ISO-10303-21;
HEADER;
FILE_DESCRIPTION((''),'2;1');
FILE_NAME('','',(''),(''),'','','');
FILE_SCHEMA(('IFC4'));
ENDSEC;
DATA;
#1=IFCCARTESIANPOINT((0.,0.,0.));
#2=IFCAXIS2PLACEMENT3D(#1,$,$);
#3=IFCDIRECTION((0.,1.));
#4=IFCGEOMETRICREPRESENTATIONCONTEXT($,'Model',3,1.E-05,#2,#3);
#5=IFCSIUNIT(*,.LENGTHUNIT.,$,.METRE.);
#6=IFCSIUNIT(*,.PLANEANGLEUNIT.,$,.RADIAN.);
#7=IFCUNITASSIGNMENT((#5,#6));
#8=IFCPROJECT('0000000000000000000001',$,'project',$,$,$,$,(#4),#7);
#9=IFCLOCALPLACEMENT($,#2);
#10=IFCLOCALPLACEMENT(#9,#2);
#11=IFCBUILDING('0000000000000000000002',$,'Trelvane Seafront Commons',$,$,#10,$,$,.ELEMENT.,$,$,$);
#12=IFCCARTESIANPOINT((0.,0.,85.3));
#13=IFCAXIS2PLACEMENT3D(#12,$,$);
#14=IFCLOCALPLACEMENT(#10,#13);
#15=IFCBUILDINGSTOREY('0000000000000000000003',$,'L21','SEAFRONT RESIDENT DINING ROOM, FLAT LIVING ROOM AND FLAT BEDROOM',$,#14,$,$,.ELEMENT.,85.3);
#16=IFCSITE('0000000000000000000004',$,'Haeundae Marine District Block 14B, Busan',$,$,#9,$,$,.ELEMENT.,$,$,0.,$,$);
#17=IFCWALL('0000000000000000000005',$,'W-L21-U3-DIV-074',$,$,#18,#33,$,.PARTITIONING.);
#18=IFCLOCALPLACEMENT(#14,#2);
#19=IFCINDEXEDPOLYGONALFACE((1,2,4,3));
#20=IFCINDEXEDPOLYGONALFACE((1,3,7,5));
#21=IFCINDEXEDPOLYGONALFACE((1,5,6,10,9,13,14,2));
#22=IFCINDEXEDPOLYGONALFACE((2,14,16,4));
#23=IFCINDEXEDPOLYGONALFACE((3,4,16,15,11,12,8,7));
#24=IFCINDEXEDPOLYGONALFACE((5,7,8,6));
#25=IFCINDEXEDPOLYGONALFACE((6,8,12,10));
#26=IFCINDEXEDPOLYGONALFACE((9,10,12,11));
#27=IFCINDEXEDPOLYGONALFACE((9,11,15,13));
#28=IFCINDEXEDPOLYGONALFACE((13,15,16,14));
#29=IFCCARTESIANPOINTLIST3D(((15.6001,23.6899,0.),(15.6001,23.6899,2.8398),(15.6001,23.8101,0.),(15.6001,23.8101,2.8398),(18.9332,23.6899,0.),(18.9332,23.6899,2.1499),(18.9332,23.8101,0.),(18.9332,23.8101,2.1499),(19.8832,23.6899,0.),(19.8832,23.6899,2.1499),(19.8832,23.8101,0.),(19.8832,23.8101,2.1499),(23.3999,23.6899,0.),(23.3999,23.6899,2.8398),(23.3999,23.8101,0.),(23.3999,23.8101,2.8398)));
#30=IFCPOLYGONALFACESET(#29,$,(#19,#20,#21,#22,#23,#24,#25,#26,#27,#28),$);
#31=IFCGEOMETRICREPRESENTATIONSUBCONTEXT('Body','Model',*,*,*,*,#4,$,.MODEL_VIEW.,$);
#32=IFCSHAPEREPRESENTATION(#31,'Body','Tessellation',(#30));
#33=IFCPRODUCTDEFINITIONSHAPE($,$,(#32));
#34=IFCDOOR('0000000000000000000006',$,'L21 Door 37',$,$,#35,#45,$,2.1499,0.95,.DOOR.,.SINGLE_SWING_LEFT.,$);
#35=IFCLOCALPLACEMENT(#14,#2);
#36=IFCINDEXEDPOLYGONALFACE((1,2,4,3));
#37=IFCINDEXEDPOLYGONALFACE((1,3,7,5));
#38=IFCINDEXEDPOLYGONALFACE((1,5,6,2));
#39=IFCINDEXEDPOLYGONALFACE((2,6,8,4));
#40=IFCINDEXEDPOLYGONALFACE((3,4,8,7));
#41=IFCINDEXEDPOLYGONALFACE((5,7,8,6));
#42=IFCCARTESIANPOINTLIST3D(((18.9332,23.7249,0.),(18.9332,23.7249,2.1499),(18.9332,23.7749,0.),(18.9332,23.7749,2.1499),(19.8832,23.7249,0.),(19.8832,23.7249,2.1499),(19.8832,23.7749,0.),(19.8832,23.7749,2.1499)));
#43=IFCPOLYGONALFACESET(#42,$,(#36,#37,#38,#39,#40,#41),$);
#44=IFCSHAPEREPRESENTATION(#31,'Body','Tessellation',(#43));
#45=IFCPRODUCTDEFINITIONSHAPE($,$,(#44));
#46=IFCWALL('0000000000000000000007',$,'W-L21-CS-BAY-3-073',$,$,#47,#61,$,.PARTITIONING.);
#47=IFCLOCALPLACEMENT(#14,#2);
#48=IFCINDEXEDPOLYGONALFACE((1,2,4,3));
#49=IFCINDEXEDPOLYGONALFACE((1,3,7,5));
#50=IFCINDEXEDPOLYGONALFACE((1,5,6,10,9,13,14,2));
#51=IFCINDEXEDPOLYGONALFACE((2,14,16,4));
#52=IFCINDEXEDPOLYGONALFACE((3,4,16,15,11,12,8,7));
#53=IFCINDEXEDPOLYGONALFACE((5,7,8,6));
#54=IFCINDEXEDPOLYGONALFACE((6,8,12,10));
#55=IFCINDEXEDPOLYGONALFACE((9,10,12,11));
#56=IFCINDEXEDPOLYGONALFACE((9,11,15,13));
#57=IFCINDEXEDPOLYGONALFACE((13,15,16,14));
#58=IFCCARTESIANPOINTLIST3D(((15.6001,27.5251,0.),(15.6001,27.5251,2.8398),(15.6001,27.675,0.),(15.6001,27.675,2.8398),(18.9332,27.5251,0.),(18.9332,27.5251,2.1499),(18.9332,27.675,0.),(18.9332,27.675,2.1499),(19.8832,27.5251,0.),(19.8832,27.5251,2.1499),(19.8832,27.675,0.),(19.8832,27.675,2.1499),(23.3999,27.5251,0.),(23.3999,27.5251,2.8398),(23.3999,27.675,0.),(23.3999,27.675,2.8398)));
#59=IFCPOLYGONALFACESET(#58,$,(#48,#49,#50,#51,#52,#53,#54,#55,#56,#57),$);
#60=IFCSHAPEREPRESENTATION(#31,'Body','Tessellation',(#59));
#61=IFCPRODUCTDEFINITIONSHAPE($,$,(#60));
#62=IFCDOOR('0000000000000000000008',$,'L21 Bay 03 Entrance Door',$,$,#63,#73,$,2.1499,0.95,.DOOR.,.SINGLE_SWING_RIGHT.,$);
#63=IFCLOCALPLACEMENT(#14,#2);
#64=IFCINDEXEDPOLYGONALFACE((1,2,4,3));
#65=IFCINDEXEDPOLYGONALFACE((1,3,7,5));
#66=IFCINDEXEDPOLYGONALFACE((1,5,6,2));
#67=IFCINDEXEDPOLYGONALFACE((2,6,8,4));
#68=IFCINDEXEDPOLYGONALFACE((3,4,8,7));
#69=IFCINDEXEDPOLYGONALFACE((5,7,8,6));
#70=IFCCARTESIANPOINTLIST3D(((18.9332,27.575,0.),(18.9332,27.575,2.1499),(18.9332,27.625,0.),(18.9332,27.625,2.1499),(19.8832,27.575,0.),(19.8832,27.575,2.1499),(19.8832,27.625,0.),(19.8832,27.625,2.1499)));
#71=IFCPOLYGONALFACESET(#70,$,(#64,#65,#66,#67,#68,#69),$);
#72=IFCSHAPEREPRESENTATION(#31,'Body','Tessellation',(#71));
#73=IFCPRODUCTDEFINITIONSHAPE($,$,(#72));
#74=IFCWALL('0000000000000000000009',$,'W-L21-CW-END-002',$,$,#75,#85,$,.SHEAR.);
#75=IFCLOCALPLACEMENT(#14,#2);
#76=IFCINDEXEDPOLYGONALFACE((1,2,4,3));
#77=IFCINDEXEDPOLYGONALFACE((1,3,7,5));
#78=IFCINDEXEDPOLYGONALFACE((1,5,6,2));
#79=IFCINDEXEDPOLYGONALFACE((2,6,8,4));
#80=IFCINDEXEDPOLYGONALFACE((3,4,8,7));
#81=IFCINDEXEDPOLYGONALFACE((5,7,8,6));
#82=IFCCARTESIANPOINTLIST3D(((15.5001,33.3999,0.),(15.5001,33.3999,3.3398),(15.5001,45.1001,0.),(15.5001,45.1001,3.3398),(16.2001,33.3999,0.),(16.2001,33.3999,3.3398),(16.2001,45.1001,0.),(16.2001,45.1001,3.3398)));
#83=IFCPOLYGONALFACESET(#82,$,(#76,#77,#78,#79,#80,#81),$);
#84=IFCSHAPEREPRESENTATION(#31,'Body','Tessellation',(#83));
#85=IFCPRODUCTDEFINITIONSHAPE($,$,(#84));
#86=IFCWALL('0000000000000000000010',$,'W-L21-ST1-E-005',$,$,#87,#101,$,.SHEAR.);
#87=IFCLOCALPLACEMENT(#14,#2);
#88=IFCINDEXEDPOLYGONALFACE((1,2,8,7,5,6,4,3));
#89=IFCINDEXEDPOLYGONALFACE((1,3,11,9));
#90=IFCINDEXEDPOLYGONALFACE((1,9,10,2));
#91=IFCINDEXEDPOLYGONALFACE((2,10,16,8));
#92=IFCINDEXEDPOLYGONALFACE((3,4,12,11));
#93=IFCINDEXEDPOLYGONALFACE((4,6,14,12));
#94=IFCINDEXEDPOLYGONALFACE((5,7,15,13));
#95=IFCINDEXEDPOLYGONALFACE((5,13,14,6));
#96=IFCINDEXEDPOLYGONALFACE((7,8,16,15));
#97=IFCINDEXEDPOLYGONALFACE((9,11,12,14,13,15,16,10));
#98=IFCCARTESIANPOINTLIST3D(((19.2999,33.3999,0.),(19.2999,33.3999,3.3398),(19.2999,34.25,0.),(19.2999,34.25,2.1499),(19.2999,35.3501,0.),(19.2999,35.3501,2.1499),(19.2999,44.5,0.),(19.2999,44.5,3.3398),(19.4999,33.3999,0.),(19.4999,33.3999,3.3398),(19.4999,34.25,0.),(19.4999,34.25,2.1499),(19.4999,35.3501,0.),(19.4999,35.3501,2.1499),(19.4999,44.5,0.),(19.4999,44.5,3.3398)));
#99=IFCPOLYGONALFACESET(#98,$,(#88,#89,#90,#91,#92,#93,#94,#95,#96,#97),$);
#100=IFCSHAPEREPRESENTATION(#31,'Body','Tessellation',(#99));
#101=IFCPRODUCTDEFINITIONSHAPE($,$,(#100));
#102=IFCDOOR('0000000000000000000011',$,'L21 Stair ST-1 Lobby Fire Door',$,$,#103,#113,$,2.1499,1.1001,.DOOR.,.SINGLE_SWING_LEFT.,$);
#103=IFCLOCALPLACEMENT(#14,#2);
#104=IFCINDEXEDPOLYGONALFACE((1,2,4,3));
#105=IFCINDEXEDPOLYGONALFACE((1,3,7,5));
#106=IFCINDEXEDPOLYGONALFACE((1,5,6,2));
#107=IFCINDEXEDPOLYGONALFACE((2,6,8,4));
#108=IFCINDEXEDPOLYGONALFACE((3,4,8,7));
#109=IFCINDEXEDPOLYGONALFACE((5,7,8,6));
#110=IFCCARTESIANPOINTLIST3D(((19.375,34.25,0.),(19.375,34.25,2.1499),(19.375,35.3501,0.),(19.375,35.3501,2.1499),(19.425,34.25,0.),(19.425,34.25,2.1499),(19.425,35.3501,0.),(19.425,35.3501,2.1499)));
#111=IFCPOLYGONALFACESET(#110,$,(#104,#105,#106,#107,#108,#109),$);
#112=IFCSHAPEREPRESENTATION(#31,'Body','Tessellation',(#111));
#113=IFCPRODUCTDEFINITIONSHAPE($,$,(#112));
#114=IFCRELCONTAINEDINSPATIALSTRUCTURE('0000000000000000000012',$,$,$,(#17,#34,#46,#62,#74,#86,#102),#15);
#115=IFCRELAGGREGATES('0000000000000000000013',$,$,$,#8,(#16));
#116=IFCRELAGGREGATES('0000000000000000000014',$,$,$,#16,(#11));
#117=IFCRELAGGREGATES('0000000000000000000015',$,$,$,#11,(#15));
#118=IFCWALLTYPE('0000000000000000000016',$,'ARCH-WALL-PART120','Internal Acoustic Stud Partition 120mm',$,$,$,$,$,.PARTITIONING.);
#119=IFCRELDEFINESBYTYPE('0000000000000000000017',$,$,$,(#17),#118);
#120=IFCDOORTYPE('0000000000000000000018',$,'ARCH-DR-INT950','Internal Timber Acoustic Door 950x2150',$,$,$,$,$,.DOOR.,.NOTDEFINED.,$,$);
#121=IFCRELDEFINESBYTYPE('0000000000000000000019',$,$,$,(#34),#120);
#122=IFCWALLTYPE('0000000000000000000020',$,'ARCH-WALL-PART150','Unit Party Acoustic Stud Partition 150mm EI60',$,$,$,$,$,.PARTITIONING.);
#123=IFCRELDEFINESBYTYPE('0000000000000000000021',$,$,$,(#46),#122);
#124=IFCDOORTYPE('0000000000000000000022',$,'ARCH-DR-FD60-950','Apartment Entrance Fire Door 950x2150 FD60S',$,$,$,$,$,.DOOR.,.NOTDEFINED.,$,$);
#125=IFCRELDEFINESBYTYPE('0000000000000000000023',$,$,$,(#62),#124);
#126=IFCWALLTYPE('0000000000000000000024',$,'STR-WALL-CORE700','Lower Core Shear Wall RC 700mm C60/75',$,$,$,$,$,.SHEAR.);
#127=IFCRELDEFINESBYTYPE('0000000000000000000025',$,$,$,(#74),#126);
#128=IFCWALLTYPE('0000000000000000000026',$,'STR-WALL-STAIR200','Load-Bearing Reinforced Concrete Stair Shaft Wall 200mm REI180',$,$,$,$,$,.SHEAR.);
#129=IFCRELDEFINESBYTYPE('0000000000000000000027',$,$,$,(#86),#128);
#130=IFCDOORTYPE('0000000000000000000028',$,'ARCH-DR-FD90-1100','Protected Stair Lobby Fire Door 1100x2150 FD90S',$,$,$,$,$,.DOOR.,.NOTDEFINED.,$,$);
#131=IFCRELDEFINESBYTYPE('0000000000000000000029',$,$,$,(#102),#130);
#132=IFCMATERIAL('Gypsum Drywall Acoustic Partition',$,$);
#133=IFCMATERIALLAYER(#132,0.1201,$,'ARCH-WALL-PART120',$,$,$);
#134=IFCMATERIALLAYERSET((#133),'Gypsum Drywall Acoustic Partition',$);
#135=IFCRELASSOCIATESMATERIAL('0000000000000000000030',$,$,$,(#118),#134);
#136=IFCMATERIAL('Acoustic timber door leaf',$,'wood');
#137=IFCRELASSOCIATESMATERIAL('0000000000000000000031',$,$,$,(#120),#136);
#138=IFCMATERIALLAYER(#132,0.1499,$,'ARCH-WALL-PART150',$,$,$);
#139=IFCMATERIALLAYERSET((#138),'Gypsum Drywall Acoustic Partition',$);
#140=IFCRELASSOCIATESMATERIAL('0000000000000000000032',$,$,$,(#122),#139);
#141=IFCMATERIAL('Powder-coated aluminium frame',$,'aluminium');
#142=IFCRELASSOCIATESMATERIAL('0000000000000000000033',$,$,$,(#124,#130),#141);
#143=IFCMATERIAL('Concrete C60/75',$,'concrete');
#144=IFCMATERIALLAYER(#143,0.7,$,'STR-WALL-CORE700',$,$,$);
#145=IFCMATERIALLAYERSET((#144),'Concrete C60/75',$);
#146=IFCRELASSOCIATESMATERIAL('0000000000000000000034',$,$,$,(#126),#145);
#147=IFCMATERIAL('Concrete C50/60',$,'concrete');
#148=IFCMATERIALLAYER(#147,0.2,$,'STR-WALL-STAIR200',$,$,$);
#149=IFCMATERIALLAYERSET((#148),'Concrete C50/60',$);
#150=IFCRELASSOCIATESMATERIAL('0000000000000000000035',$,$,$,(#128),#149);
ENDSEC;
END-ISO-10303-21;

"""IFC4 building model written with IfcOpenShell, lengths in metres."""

from ifc_helpers import new_model, si_unit, direction, frame, frame_2d, origin, place, context, subcontext, project, spatial, rectangle, extrude, source, transform, mapped, material, layer, layer_set, type_object, element, fill, save


model = new_model("IFC4")

# Units and contexts
model_context = context("Model", 3, precision=1e-05, world=origin(), true_north=direction((0.0, 1.0)))
body_context = subcontext(model_context, "Body", "Model", "MODEL_VIEW")
ifc_project = project(units=[si_unit("LENGTHUNIT", "METRE"), si_unit("PLANEANGLEUNIT", "RADIAN")], contexts=[model_context])

# Site, building, storey
site_placement = place(None, origin())
site = spatial("IfcSite", under=ifc_project, at=site_placement, Name="Haeundae Marine District Block 14B, Busan", CompositionType="ELEMENT", RefElevation=0.0)
building_placement = place(site_placement, origin())
building = spatial("IfcBuilding", under=site, at=building_placement, Name="Trelvane Seafront Commons", CompositionType="ELEMENT")
storey_placement = place(building_placement, frame((0.0, 0.0, 85.3)))
storey = spatial("IfcBuildingStorey", under=building, at=storey_placement, Name="L21", Description="SEAFRONT RESIDENT DINING ROOM, FLAT LIVING ROOM AND FLAT BEDROOM", CompositionType="ELEMENT", Elevation=85.3)

# Shared definitions
ifc_material_1 = material(Name="Concrete C60/75", Category="concrete")

# Shared definitions
ifc_material_2 = material(Name="Gypsum Drywall Acoustic Partition")
ifc_layer_1 = layer(ifc_material_2, 0.1201, Name="ARCH-WALL-PART120")
ifc_layer_set_1 = layer_set([ifc_layer_1], Name="Gypsum Drywall Acoustic Partition")
wall_type_1 = type_object("IfcWallType", Name="ARCH-WALL-PART120", Description="Internal Acoustic Stud Partition 120mm", PredefinedType="PARTITIONING", material=ifc_layer_set_1)
ifc_material_3 = material(Name="Acoustic timber door leaf", Category="wood")
door_type_1 = type_object("IfcDoorType", Name="ARCH-DR-INT950", Description="Internal Timber Acoustic Door 950x2150", OperationType="NOTDEFINED", PredefinedType="DOOR", material=ifc_material_3)
shared_shape_1 = source(origin(), body_context, "Body", "SweptSolid", [
    extrude(rectangle(XDim=0.95, YDim=2.1499, at=frame_2d((0.4751, 1.075))), frame((0.0, 0.0249, 0.0), z_axis=(0.0, -1.0, 0.0), x_axis=(1.0, 0.0, 0.0)), (0.0, 0.0, 1.0), 0.05),
])

# Walls, openings, doors
wall_1_placement = place(storey_placement, frame((15.6001, 23.75, 0.0), z_axis=(0.0, 0.0, 1.0), x_axis=(1.0, 0.0, 0.0)))
wall_1 = element("IfcWall", 1, at=wall_1_placement, inside=storey, type_object=wall_type_1, Name="W-L21-U3-DIV-074", PredefinedType="PARTITIONING", context=body_context, shape_type="SweptSolid", body=[
    extrude(rectangle(XDim=7.7998, YDim=0.1201, at=frame_2d((3.8999, 0.0))), origin(), (0.0, 0.0, 1.0), 2.8398),
])
opening_1_placement = place(wall_1_placement, frame((3.333, 0.0, 0.0)))
opening_1 = element("IfcOpeningElement", 2, at=opening_1_placement, cuts=wall_1, PredefinedType="OPENING", context=body_context, shape_type="SweptSolid", body=[
    extrude(rectangle(XDim=0.95, YDim=2.1499, at=frame_2d((0.4751, 1.075))), frame((0.0, 0.0701, 0.0), z_axis=(0.0, -1.0, 0.0), x_axis=(1.0, 0.0, 0.0)), (0.0, 0.0, 1.0), 0.1401),
])
door_1_placement = place(opening_1_placement, origin())
door_1 = element("IfcDoor", 3, at=door_1_placement, inside=storey, type_object=door_type_1, Name="L21 Door 37", OperationType="SINGLE_SWING_LEFT", OverallHeight=2.1499, OverallWidth=0.95, PredefinedType="DOOR", context=body_context, shape_type="MappedRepresentation", body=[
    mapped(shared_shape_1, transform((0.0, 0.0, 0.0), x_axis=(1.0, 0.0, 0.0), y_axis=(0.0, 1.0, 0.0), z_axis=(0.0, 0.0, 1.0), scale=1.0)),
])
fill(opening_1, door_1)
ifc_layer_2 = layer(ifc_material_2, 0.1499, Name="ARCH-WALL-PART150")
ifc_layer_set_2 = layer_set([ifc_layer_2], Name="Gypsum Drywall Acoustic Partition")
wall_type_2 = type_object("IfcWallType", Name="ARCH-WALL-PART150", Description="Unit Party Acoustic Stud Partition 150mm EI60", PredefinedType="PARTITIONING", material=ifc_layer_set_2)
wall_2_placement = place(storey_placement, frame((15.6001, 27.6001, 0.0), z_axis=(0.0, 0.0, 1.0), x_axis=(1.0, 0.0, 0.0)))
wall_2 = element("IfcWall", 4, at=wall_2_placement, inside=storey, type_object=wall_type_2, Name="W-L21-CS-BAY-3-073", PredefinedType="PARTITIONING", context=body_context, shape_type="SweptSolid", body=[
    extrude(rectangle(XDim=7.7998, YDim=0.1499, at=frame_2d((3.8999, 0.0))), origin(), (0.0, 0.0, 1.0), 2.8398),
])
opening_2_placement = place(wall_2_placement, frame((3.333, 0.0, 0.0)))
opening_2 = element("IfcOpeningElement", 5, at=opening_2_placement, cuts=wall_2, PredefinedType="OPENING", context=body_context, shape_type="SweptSolid", body=[
    extrude(rectangle(XDim=0.95, YDim=2.1499, at=frame_2d((0.4751, 1.075))), frame((0.0, 0.085, 0.0), z_axis=(0.0, -1.0, 0.0), x_axis=(1.0, 0.0, 0.0)), (0.0, 0.0, 1.0), 0.1699),
])
ifc_material_4 = material(Name="Powder-coated aluminium frame", Category="aluminium")
door_type_2 = type_object("IfcDoorType", Name="ARCH-DR-FD60-950", Description="Apartment Entrance Fire Door 950x2150 FD60S", OperationType="NOTDEFINED", PredefinedType="DOOR", material=ifc_material_4)
door_2_placement = place(opening_2_placement, origin())
door_2 = element("IfcDoor", 6, at=door_2_placement, inside=storey, type_object=door_type_2, Name="L21 Bay 03 Entrance Door", OperationType="SINGLE_SWING_RIGHT", OverallHeight=2.1499, OverallWidth=0.95, PredefinedType="DOOR", context=body_context, shape_type="MappedRepresentation", body=[
    mapped(shared_shape_1, transform((0.0, 0.0, 0.0), x_axis=(1.0, 0.0, 0.0), y_axis=(0.0, 1.0, 0.0), z_axis=(0.0, 0.0, 1.0), scale=1.0)),
])
fill(opening_2, door_2)

# Wall
ifc_layer_3 = layer(ifc_material_1, 0.7, Name="STR-WALL-CORE700")
ifc_layer_set_3 = layer_set([ifc_layer_3], Name="Concrete C60/75")
wall_type_3 = type_object("IfcWallType", Name="STR-WALL-CORE700", Description="Lower Core Shear Wall RC 700mm C60/75", PredefinedType="SHEAR", material=ifc_layer_set_3)
wall_3_placement = place(storey_placement, frame((15.8501, 33.3999, 0.0), z_axis=(0.0, 0.0, 1.0), x_axis=(0.0, 1.0, 0.0)))
element("IfcWall", 7, at=wall_3_placement, inside=storey, type_object=wall_type_3, Name="W-L21-CW-END-002", PredefinedType="SHEAR", context=body_context, shape_type="SweptSolid", body=[
    extrude(rectangle(XDim=11.7002, YDim=0.7, at=frame_2d((5.8501, 0.0))), origin(), (0.0, 0.0, 1.0), 3.3398),
])

# Wall, opening, door
ifc_material_5 = material(Name="Concrete C50/60", Category="concrete")
ifc_layer_4 = layer(ifc_material_5, 0.2, Name="STR-WALL-STAIR200")
ifc_layer_set_4 = layer_set([ifc_layer_4], Name="Concrete C50/60")
wall_type_4 = type_object("IfcWallType", Name="STR-WALL-STAIR200", Description="Load-Bearing Reinforced Concrete Stair Shaft Wall 200mm REI180", PredefinedType="SHEAR", material=ifc_layer_set_4)
wall_4_placement = place(storey_placement, frame((19.3999, 33.3999, 0.0), z_axis=(0.0, 0.0, 1.0), x_axis=(0.0, 1.0, 0.0)))
wall_4 = element("IfcWall", 8, at=wall_4_placement, inside=storey, type_object=wall_type_4, Name="W-L21-ST1-E-005", PredefinedType="SHEAR", context=body_context, shape_type="SweptSolid", body=[
    extrude(rectangle(XDim=11.1001, YDim=0.2, at=frame_2d((5.55, 0.0))), origin(), (0.0, 0.0, 1.0), 3.3398),
])
opening_3_placement = place(wall_4_placement, frame((0.8501, 0.0, 0.0)))
opening_3 = element("IfcOpeningElement", 9, at=opening_3_placement, cuts=wall_4, PredefinedType="OPENING", context=body_context, shape_type="SweptSolid", body=[
    extrude(rectangle(XDim=1.1001, YDim=2.1499, at=frame_2d((0.55, 1.075))), frame((0.0, 0.1099, 0.0), z_axis=(0.0, -1.0, 0.0), x_axis=(1.0, 0.0, 0.0)), (0.0, 0.0, 1.0), 0.22),
])
door_type_3 = type_object("IfcDoorType", Name="ARCH-DR-FD90-1100", Description="Protected Stair Lobby Fire Door 1100x2150 FD90S", OperationType="NOTDEFINED", PredefinedType="DOOR", material=ifc_material_4)
shared_shape_2 = source(origin(), body_context, "Body", "SweptSolid", [
    extrude(rectangle(XDim=1.1001, YDim=2.1499, at=frame_2d((0.55, 1.075))), frame((0.0, 0.0249, 0.0), z_axis=(0.0, -1.0, 0.0), x_axis=(1.0, 0.0, 0.0)), (0.0, 0.0, 1.0), 0.05),
])
door_3_placement = place(opening_3_placement, origin())
door_3 = element("IfcDoor", 10, at=door_3_placement, inside=storey, type_object=door_type_3, Name="L21 Stair ST-1 Lobby Fire Door", OperationType="SINGLE_SWING_LEFT", OverallHeight=2.1499, OverallWidth=1.1001, PredefinedType="DOOR", context=body_context, shape_type="MappedRepresentation", body=[
    mapped(shared_shape_2, transform((0.0, 0.0, 0.0), x_axis=(1.0, 0.0, 0.0), y_axis=(0.0, 1.0, 0.0), z_axis=(0.0, 0.0, 1.0), scale=1.0)),
])
fill(opening_3, door_3)

save(model, "model.ifc")
